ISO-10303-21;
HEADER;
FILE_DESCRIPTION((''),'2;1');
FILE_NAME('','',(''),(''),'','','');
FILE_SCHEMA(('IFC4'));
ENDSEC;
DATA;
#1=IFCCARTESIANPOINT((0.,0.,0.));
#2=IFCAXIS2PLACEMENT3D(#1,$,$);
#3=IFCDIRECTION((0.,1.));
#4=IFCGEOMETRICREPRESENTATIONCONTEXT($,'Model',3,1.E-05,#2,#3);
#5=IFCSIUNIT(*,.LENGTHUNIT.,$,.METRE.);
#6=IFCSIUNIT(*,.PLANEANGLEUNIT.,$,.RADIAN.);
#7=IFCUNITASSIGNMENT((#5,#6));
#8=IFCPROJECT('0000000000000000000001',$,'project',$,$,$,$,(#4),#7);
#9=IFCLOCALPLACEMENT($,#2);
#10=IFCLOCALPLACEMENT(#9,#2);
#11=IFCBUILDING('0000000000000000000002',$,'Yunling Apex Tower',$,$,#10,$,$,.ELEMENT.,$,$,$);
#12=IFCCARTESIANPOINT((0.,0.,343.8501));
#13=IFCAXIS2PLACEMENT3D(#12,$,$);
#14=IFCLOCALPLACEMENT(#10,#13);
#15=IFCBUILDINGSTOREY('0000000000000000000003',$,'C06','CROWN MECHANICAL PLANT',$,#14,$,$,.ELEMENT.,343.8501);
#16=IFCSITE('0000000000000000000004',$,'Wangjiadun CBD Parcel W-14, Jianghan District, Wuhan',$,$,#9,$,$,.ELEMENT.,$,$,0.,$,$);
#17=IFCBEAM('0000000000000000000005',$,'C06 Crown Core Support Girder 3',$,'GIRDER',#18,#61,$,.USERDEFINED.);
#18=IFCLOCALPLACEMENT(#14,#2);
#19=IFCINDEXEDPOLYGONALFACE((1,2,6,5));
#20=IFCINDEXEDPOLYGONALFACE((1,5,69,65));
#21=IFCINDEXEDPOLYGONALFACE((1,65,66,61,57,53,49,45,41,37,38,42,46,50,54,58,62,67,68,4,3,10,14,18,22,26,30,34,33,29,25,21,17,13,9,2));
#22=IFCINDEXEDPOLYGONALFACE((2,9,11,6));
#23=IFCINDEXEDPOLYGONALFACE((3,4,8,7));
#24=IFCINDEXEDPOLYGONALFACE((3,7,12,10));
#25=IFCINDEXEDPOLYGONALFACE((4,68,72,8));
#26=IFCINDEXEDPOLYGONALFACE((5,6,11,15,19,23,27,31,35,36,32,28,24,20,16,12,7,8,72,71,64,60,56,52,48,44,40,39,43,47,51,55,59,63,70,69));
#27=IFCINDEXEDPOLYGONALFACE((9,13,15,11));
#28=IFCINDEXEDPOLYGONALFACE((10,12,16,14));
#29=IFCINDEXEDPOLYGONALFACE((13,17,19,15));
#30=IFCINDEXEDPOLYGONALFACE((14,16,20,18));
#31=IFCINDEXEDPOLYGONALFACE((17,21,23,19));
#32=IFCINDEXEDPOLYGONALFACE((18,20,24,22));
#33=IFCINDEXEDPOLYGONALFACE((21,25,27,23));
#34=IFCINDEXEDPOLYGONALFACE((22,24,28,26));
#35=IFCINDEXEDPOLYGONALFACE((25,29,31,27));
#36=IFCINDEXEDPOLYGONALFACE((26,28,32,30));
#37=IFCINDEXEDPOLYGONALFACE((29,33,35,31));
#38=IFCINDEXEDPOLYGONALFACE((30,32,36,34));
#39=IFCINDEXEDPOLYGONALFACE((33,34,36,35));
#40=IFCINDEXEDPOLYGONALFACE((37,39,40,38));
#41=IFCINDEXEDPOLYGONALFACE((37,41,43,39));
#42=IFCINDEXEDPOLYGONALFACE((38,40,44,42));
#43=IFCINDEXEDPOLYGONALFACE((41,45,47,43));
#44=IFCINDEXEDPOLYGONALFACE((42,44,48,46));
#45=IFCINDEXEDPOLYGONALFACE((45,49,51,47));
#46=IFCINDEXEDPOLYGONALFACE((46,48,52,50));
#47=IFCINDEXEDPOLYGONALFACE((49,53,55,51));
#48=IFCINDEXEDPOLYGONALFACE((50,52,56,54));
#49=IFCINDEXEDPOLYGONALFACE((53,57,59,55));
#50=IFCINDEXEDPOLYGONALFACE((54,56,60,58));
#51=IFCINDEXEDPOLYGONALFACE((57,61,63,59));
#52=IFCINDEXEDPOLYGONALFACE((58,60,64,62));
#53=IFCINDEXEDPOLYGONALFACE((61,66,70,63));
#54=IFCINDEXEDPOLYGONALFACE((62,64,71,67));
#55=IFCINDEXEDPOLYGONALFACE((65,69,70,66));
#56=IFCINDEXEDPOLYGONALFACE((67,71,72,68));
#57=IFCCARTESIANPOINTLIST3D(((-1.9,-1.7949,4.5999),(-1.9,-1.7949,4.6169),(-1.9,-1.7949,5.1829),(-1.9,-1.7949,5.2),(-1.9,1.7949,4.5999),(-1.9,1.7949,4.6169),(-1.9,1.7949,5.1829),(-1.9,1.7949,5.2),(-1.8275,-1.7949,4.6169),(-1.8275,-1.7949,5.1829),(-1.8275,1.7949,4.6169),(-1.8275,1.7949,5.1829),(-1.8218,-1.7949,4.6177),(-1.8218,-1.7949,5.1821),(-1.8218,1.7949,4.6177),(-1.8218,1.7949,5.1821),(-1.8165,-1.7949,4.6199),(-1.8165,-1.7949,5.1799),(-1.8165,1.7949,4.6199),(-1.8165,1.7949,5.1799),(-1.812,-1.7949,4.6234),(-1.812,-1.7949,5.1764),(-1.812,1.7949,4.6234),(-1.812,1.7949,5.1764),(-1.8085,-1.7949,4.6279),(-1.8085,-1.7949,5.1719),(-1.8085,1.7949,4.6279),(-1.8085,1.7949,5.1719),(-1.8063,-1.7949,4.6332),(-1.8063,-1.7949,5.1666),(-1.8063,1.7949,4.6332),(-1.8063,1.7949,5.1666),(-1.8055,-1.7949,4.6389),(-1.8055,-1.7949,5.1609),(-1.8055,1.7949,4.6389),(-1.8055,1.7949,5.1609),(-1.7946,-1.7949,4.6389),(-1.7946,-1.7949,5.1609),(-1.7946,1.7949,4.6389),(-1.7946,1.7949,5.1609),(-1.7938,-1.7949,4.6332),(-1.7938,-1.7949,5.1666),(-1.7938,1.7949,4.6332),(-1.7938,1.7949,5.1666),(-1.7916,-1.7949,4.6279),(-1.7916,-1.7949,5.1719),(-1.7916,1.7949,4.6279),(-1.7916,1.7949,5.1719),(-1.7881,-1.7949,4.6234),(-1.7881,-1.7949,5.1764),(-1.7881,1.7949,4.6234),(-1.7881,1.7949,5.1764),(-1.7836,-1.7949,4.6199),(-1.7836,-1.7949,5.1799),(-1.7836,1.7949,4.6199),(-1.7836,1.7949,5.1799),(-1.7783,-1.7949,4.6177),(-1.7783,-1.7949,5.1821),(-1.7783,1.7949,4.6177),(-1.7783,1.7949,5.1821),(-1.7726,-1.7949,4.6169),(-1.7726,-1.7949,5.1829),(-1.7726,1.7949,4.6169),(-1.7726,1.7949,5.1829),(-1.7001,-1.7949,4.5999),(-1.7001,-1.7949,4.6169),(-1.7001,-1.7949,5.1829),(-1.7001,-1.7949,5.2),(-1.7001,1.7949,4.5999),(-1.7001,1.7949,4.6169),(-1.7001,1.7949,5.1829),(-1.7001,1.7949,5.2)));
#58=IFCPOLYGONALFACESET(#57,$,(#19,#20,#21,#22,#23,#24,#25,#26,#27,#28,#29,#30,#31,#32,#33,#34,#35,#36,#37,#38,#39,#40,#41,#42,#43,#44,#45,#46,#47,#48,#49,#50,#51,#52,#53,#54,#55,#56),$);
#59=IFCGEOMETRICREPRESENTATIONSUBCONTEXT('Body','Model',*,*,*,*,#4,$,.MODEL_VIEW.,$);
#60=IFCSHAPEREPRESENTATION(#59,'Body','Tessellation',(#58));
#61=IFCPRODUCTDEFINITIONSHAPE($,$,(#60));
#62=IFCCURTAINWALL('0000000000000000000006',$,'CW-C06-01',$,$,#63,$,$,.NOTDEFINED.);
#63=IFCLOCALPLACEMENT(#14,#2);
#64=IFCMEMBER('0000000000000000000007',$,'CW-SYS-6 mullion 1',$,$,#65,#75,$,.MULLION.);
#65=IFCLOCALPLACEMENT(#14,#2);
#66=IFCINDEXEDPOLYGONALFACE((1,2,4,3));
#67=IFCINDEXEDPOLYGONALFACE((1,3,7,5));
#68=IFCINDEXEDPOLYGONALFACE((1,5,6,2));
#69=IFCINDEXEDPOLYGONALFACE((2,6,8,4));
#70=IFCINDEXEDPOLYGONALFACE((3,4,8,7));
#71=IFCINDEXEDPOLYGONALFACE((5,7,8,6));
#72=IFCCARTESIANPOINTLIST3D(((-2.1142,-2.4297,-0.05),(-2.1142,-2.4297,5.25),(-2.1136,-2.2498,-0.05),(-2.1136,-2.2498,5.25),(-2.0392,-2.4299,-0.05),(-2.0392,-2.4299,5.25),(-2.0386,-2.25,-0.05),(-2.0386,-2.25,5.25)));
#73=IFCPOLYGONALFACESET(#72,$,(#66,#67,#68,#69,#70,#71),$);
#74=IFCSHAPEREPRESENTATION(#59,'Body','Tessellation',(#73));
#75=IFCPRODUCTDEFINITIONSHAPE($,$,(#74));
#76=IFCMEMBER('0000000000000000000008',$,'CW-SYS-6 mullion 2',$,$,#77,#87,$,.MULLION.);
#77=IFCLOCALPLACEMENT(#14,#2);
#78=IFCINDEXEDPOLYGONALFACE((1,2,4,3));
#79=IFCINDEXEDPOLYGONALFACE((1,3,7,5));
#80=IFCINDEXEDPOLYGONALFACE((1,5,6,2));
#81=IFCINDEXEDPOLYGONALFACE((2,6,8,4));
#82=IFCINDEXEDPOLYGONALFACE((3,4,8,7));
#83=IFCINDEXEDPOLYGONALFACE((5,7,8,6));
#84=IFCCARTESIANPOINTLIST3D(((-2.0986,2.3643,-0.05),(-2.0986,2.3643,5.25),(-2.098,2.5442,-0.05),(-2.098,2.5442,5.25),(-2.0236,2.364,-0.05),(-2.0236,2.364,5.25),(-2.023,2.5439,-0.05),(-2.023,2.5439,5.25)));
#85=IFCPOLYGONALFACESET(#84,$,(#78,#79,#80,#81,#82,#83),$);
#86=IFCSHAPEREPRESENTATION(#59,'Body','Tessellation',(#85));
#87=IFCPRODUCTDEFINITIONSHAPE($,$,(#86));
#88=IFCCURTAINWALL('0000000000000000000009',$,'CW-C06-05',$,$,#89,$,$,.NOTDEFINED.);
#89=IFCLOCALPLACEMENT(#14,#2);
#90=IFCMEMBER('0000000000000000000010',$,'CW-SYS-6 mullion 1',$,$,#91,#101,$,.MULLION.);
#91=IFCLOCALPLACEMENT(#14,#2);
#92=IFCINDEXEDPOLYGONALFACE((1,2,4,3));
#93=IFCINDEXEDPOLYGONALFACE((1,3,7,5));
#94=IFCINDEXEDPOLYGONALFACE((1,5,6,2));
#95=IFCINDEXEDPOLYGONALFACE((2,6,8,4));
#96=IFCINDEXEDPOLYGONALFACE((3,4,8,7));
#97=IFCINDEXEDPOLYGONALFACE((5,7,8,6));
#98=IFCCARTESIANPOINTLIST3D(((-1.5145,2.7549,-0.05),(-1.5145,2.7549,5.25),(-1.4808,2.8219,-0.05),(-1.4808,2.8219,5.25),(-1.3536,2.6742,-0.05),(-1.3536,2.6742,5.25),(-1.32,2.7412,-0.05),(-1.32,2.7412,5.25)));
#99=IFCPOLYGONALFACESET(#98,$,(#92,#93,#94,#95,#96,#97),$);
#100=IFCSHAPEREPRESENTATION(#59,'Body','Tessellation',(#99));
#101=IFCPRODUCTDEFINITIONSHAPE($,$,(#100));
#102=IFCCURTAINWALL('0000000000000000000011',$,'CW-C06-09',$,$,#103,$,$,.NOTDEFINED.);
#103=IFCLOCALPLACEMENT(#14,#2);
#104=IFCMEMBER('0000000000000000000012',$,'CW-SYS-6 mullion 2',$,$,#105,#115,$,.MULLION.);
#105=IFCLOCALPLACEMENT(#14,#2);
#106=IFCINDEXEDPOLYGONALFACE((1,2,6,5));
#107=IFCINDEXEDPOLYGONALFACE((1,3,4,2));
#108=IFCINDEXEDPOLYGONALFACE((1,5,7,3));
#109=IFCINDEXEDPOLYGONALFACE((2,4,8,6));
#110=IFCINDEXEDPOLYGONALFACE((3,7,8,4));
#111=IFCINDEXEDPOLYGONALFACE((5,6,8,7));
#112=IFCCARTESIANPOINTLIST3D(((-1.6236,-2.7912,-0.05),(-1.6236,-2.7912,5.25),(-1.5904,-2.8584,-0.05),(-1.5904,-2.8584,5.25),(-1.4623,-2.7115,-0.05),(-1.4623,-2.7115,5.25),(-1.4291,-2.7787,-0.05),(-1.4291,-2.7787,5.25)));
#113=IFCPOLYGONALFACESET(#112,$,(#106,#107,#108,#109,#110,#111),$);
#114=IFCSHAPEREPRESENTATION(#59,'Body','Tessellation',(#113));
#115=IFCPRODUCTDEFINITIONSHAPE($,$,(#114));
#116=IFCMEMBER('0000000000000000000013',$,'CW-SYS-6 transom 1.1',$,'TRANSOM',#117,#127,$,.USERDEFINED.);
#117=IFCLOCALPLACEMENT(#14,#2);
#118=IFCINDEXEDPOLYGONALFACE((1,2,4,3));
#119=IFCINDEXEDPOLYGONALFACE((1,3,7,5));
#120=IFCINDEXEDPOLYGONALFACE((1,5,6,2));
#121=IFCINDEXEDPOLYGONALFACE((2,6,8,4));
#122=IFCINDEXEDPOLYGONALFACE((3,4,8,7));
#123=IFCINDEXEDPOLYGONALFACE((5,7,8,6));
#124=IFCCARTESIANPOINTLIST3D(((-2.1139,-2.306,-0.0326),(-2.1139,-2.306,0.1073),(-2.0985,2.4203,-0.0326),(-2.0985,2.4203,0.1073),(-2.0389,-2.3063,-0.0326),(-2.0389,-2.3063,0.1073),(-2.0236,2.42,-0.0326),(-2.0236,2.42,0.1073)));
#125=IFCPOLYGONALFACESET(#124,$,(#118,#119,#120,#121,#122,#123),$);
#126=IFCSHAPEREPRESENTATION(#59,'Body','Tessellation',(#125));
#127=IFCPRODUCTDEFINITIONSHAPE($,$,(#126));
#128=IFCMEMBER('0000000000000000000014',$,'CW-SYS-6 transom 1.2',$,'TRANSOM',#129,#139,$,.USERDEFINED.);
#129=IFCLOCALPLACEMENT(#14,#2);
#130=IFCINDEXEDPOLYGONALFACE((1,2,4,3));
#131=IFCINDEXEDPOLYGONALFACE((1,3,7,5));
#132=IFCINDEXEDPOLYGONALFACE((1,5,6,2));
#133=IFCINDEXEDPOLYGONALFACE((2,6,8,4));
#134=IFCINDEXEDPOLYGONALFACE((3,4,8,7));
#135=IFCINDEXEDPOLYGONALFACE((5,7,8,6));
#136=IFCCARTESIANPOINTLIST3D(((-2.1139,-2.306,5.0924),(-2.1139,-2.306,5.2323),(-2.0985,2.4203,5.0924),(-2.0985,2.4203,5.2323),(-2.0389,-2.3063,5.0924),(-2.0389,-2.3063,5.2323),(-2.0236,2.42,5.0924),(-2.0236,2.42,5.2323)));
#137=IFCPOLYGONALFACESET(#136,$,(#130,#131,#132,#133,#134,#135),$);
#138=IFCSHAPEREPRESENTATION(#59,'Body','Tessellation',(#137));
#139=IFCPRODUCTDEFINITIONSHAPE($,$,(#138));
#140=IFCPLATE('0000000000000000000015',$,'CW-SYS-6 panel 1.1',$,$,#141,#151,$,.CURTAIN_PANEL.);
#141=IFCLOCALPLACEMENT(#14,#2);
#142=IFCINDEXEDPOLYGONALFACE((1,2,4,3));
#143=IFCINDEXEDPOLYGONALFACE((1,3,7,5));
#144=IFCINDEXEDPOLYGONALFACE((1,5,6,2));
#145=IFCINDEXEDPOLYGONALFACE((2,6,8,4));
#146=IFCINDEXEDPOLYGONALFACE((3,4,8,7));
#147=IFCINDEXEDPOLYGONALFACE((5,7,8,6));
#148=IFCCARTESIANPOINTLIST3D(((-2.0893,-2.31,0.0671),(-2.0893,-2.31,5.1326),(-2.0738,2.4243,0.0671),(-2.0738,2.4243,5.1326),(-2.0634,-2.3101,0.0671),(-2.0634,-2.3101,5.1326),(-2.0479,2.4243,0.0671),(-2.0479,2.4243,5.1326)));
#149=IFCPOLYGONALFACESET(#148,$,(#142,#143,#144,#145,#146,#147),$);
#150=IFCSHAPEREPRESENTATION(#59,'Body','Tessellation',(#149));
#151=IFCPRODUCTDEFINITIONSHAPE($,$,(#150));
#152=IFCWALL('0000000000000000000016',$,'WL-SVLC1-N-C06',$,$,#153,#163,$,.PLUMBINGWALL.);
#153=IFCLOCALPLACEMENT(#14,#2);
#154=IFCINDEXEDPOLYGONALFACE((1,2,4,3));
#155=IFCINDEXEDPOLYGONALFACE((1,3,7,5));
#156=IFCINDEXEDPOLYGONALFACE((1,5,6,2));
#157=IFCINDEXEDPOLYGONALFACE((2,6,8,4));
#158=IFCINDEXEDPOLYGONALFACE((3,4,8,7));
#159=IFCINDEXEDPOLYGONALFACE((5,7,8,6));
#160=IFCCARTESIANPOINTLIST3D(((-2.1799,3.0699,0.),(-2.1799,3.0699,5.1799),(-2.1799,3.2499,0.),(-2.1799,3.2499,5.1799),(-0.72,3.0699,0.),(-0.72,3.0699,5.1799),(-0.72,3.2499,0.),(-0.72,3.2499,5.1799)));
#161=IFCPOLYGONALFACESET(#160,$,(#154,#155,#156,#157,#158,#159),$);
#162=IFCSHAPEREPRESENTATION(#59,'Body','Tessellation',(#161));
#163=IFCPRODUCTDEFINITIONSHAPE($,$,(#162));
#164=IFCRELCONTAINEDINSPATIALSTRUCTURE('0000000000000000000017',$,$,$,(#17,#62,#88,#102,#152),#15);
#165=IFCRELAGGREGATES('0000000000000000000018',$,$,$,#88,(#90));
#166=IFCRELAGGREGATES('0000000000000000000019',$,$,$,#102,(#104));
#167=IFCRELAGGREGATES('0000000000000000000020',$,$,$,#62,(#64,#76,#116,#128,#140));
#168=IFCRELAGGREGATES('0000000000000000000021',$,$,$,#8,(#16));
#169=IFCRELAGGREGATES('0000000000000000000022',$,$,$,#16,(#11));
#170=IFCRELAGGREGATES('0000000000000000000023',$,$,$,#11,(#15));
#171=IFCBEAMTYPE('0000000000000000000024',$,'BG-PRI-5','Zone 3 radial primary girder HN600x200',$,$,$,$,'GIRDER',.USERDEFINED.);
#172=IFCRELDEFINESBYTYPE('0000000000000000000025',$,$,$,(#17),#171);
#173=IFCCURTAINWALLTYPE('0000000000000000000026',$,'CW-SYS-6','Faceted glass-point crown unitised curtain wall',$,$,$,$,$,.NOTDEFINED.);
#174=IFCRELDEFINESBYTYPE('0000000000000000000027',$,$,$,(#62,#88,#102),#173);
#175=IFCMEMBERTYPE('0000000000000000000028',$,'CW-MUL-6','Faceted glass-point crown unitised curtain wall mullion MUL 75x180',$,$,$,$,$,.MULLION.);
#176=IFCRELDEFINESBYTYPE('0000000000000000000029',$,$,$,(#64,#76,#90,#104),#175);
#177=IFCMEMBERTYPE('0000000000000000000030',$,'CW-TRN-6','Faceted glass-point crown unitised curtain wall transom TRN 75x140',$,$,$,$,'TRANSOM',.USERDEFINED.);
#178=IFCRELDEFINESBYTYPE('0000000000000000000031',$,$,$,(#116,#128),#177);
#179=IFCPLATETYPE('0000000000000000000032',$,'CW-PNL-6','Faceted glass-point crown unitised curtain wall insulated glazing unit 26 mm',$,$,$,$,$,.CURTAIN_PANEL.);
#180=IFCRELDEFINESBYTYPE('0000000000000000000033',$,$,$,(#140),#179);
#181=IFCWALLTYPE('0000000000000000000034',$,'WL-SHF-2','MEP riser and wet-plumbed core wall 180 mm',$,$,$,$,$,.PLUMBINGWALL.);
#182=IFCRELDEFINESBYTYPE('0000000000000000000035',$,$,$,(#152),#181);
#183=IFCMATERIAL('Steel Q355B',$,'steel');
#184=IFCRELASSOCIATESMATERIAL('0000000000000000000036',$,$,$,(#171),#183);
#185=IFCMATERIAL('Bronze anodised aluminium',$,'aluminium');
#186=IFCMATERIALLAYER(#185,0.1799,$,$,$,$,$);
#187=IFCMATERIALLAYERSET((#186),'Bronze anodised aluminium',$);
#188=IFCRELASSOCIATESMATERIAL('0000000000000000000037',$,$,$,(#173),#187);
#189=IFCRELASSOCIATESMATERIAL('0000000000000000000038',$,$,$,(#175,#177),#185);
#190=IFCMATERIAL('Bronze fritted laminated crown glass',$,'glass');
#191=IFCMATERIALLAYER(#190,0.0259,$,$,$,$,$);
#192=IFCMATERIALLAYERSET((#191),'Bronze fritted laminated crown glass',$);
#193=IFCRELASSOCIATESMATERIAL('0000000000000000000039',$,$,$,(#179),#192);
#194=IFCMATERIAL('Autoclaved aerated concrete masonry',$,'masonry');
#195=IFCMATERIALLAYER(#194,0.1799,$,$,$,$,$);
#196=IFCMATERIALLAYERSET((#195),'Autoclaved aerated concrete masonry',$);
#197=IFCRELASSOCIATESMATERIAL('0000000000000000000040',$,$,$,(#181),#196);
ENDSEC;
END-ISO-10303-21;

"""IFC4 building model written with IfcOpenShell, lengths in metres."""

from ifc_helpers import new_model, si_unit, direction, frame, frame_2d, origin, origin_2d, place, context, subcontext, project, spatial, rectangle, i_section, extrude, source, transform, mapped, material, layer, layer_set, material_profile, profile_set, type_object, element, aggregate, save


model = new_model("IFC4")

# Units and contexts
model_context = context("Model", 3, precision=1e-05, world=origin(), true_north=direction((0.0, 1.0)))
body_context = subcontext(model_context, "Body", "Model", "MODEL_VIEW")
ifc_project = project(units=[si_unit("LENGTHUNIT", "METRE"), si_unit("PLANEANGLEUNIT", "RADIAN")], contexts=[model_context])

# Site, building, storey
site_placement = place(None, origin())
site = spatial("IfcSite", under=ifc_project, at=site_placement, Name="Wangjiadun CBD Parcel W-14, Jianghan District, Wuhan", CompositionType="ELEMENT", RefElevation=0.0)
building_placement = place(site_placement, origin())
building = spatial("IfcBuilding", under=site, at=building_placement, Name="Yunling Apex Tower", CompositionType="ELEMENT")
storey_placement = place(building_placement, frame((0.0, 0.0, 343.8501)))
storey = spatial("IfcBuildingStorey", under=building, at=storey_placement, Name="C06", Description="CROWN MECHANICAL PLANT", CompositionType="ELEMENT", Elevation=343.8501)

# Shared definitions
ifc_material_1 = material(Name="Steel Q355B", Category="steel")

# Beam
ifc_material_profile_1 = material_profile(ifc_material_1, i_section(OverallWidth=0.2, OverallDepth=0.6001, WebThickness=0.011, FlangeThickness=0.0171, FilletRadius=0.022, at=origin_2d()))
ifc_profile_set_1 = profile_set([ifc_material_profile_1], Name="Steel Q355B")
beam_type = type_object("IfcBeamType", Name="BG-PRI-5", Description="Zone 3 radial primary girder HN600x200", ElementType="GIRDER", PredefinedType="USERDEFINED", material=ifc_profile_set_1)
shared_shape_1 = source(origin(), body_context, "Body", "SweptSolid", [
    extrude(i_section(OverallWidth=0.2, OverallDepth=0.6001, WebThickness=0.011, FlangeThickness=0.0171, FilletRadius=0.022, at=origin_2d()), origin(), (0.0, 0.0, 1.0), 3.5898),
])
beam_placement = place(storey_placement, frame((-1.8, -1.7949, 4.8999), z_axis=(0.0, 1.0, 0.0), x_axis=(-1.0, 0.0, 0.0)))
element("IfcBeam", 1, at=beam_placement, inside=storey, type_object=beam_type, Name="C06 Crown Core Support Girder 3", ObjectType="GIRDER", PredefinedType="USERDEFINED", context=body_context, shape_type="MappedRepresentation", body=[
    mapped(shared_shape_1, transform((0.0, 0.0, 0.0), scale=1.0)),
])

# Curtain wall, members
ifc_material_2 = material(Name="Bronze anodised aluminium", Category="aluminium")
ifc_layer_1 = layer(ifc_material_2, 0.1799)
ifc_layer_set_1 = layer_set([ifc_layer_1], Name="Bronze anodised aluminium")
curtain_wall_type = type_object("IfcCurtainWallType", Name="CW-SYS-6", Description="Faceted glass-point crown unitised curtain wall", PredefinedType="NOTDEFINED", material=ifc_layer_set_1)
curtain_wall_1_placement = place(storey_placement, origin())
curtain_wall_1 = element("IfcCurtainWall", 2, at=curtain_wall_1_placement, inside=storey, type_object=curtain_wall_type, Name="CW-C06-01", PredefinedType="NOTDEFINED")
ifc_material_profile_2 = material_profile(ifc_material_2, rectangle(XDim=0.075, YDim=0.1799, at=origin_2d()))
ifc_profile_set_2 = profile_set([ifc_material_profile_2], Name="Bronze anodised aluminium")
member_type_1 = type_object("IfcMemberType", Name="CW-MUL-6", Description="Faceted glass-point crown unitised curtain wall mullion MUL 75x180", PredefinedType="MULLION", material=ifc_profile_set_2)
shared_shape_2 = source(origin(), body_context, "Body", "SweptSolid", [
    extrude(rectangle(XDim=0.075, YDim=0.1799, at=origin_2d()), origin(), (0.0, 0.0, 1.0), 5.3),
])
member_1_placement = place(storey_placement, frame((-2.0764, -2.3398, -0.05), z_axis=(0.0, 0.0, 1.0), x_axis=(-0.999995, 0.003266, 0.0)))
member_1 = element("IfcMember", 3, at=member_1_placement, type_object=member_type_1, Name="CW-SYS-6 mullion 1", PredefinedType="MULLION", context=body_context, shape_type="MappedRepresentation", body=[
    mapped(shared_shape_2, transform((0.0, 0.0, 0.0), scale=1.0)),
])
member_2_placement = place(storey_placement, frame((-2.0608, 2.4541, -0.05), z_axis=(0.0, 0.0, 1.0), x_axis=(-0.999995, 0.003266, 0.0)))
member_2 = element("IfcMember", 4, at=member_2_placement, type_object=member_type_1, Name="CW-SYS-6 mullion 2", PredefinedType="MULLION", context=body_context, shape_type="MappedRepresentation", body=[
    mapped(shared_shape_2, transform((0.0, 0.0, 0.0), scale=1.0)),
])

# Curtain walls, members
curtain_wall_2_placement = place(storey_placement, origin())
curtain_wall_2 = element("IfcCurtainWall", 5, at=curtain_wall_2_placement, inside=storey, type_object=curtain_wall_type, Name="CW-C06-05", PredefinedType="NOTDEFINED")
member_3_placement = place(storey_placement, frame((-1.4172, 2.748, -0.05), z_axis=(0.0, 0.0, 1.0), x_axis=(0.448685, 0.89369, 0.0)))
member_3 = element("IfcMember", 6, at=member_3_placement, type_object=member_type_1, Name="CW-SYS-6 mullion 1", PredefinedType="MULLION", context=body_context, shape_type="MappedRepresentation", body=[
    mapped(shared_shape_2, transform((0.0, 0.0, 0.0), scale=1.0)),
])
aggregate(curtain_wall_2, [member_3])
curtain_wall_3_placement = place(storey_placement, origin())
curtain_wall_3 = element("IfcCurtainWall", 7, at=curtain_wall_3_placement, inside=storey, type_object=curtain_wall_type, Name="CW-C06-09", PredefinedType="NOTDEFINED")
member_4_placement = place(storey_placement, frame((-1.5264, -2.7849, -0.05), z_axis=(0.0, 0.0, 1.0), x_axis=(0.442968, -0.896537, 0.0)))
member_4 = element("IfcMember", 8, at=member_4_placement, type_object=member_type_1, Name="CW-SYS-6 mullion 2", PredefinedType="MULLION", context=body_context, shape_type="MappedRepresentation", body=[
    mapped(shared_shape_2, transform((0.0, 0.0, 0.0), scale=1.0)),
])
aggregate(curtain_wall_3, [member_4])

# Members
ifc_material_profile_3 = material_profile(ifc_material_2, rectangle(XDim=0.075, YDim=0.1399, at=origin_2d()))
ifc_profile_set_3 = profile_set([ifc_material_profile_3], Name="Bronze anodised aluminium")
member_type_2 = type_object("IfcMemberType", Name="CW-TRN-6", Description="Faceted glass-point crown unitised curtain wall transom TRN 75x140", ElementType="TRANSOM", PredefinedType="USERDEFINED", material=ifc_profile_set_3)
shared_shape_3 = source(origin(), body_context, "Body", "SweptSolid", [
    extrude(rectangle(XDim=0.075, YDim=0.1399, at=origin_2d()), origin(), (0.0, 0.0, 1.0), 4.7263),
])
member_5_placement = place(storey_placement, frame((-2.0764, -2.3062, 0.0374), z_axis=(0.003254, 0.999995, 0.0), x_axis=(-0.999995, 0.003254, 0.0)))
member_5 = element("IfcMember", 9, at=member_5_placement, type_object=member_type_2, Name="CW-SYS-6 transom 1.1", ObjectType="TRANSOM", PredefinedType="USERDEFINED", context=body_context, shape_type="MappedRepresentation", body=[
    mapped(shared_shape_3, transform((0.0, 0.0, 0.0), scale=1.0)),
])
member_6_placement = place(storey_placement, frame((-2.0764, -2.3062, 5.1624), z_axis=(0.003254, 0.999995, 0.0), x_axis=(-0.999995, 0.003254, 0.0)))
member_6 = element("IfcMember", 10, at=member_6_placement, type_object=member_type_2, Name="CW-SYS-6 transom 1.2", ObjectType="TRANSOM", PredefinedType="USERDEFINED", context=body_context, shape_type="MappedRepresentation", body=[
    mapped(shared_shape_3, transform((0.0, 0.0, 0.0), scale=1.0)),
])

# Plate
ifc_material_3 = material(Name="Bronze fritted laminated crown glass", Category="glass")
ifc_layer_2 = layer(ifc_material_3, 0.0259)
ifc_layer_set_2 = layer_set([ifc_layer_2], Name="Bronze fritted laminated crown glass")
plate_type = type_object("IfcPlateType", Name="CW-PNL-6", Description="Faceted glass-point crown unitised curtain wall insulated glazing unit 26 mm", PredefinedType="CURTAIN_PANEL", material=ifc_layer_set_2)
shared_shape_4 = source(origin(), body_context, "Body", "SweptSolid", [
    extrude(rectangle(XDim=4.7344, YDim=0.0259, at=origin_2d()), origin(), (0.0, 0.0, 1.0), 5.0654),
])
plate_placement = place(storey_placement, frame((-2.0686, 0.0571, 0.0671), z_axis=(0.0, 0.0, 1.0), x_axis=(0.003266, 0.999995, 0.0)))
plate = element("IfcPlate", 11, at=plate_placement, type_object=plate_type, Name="CW-SYS-6 panel 1.1", PredefinedType="CURTAIN_PANEL", context=body_context, shape_type="MappedRepresentation", body=[
    mapped(shared_shape_4, transform((0.0, 0.0, 0.0), scale=1.0)),
])
aggregate(curtain_wall_1, [member_1, member_2, member_5, member_6, plate])

# Shared definitions
ifc_material_4 = material(Name="Autoclaved aerated concrete masonry", Category="masonry")

# Wall
ifc_layer_3 = layer(ifc_material_4, 0.1799)
ifc_layer_set_3 = layer_set([ifc_layer_3], Name="Autoclaved aerated concrete masonry")
wall_type_1 = type_object("IfcWallType", Name="WL-SHF-2", Description="MEP riser and wet-plumbed core wall 180 mm", PredefinedType="PLUMBINGWALL", material=ifc_layer_set_3)
wall_1_placement = place(storey_placement, frame((-2.1799, 3.1599, 0.0), z_axis=(0.0, 0.0, 1.0), x_axis=(1.0, 0.0, 0.0)))
element("IfcWall", 12, at=wall_1_placement, inside=storey, type_object=wall_type_1, Name="WL-SVLC1-N-C06", PredefinedType="PLUMBINGWALL", context=body_context, shape_type="SweptSolid", body=[
    extrude(rectangle(XDim=1.46, YDim=0.1799, at=frame_2d((0.73, 0.0))), origin(), (0.0, 0.0, 1.0), 5.1799),
])

save(model, "model.ifc")
